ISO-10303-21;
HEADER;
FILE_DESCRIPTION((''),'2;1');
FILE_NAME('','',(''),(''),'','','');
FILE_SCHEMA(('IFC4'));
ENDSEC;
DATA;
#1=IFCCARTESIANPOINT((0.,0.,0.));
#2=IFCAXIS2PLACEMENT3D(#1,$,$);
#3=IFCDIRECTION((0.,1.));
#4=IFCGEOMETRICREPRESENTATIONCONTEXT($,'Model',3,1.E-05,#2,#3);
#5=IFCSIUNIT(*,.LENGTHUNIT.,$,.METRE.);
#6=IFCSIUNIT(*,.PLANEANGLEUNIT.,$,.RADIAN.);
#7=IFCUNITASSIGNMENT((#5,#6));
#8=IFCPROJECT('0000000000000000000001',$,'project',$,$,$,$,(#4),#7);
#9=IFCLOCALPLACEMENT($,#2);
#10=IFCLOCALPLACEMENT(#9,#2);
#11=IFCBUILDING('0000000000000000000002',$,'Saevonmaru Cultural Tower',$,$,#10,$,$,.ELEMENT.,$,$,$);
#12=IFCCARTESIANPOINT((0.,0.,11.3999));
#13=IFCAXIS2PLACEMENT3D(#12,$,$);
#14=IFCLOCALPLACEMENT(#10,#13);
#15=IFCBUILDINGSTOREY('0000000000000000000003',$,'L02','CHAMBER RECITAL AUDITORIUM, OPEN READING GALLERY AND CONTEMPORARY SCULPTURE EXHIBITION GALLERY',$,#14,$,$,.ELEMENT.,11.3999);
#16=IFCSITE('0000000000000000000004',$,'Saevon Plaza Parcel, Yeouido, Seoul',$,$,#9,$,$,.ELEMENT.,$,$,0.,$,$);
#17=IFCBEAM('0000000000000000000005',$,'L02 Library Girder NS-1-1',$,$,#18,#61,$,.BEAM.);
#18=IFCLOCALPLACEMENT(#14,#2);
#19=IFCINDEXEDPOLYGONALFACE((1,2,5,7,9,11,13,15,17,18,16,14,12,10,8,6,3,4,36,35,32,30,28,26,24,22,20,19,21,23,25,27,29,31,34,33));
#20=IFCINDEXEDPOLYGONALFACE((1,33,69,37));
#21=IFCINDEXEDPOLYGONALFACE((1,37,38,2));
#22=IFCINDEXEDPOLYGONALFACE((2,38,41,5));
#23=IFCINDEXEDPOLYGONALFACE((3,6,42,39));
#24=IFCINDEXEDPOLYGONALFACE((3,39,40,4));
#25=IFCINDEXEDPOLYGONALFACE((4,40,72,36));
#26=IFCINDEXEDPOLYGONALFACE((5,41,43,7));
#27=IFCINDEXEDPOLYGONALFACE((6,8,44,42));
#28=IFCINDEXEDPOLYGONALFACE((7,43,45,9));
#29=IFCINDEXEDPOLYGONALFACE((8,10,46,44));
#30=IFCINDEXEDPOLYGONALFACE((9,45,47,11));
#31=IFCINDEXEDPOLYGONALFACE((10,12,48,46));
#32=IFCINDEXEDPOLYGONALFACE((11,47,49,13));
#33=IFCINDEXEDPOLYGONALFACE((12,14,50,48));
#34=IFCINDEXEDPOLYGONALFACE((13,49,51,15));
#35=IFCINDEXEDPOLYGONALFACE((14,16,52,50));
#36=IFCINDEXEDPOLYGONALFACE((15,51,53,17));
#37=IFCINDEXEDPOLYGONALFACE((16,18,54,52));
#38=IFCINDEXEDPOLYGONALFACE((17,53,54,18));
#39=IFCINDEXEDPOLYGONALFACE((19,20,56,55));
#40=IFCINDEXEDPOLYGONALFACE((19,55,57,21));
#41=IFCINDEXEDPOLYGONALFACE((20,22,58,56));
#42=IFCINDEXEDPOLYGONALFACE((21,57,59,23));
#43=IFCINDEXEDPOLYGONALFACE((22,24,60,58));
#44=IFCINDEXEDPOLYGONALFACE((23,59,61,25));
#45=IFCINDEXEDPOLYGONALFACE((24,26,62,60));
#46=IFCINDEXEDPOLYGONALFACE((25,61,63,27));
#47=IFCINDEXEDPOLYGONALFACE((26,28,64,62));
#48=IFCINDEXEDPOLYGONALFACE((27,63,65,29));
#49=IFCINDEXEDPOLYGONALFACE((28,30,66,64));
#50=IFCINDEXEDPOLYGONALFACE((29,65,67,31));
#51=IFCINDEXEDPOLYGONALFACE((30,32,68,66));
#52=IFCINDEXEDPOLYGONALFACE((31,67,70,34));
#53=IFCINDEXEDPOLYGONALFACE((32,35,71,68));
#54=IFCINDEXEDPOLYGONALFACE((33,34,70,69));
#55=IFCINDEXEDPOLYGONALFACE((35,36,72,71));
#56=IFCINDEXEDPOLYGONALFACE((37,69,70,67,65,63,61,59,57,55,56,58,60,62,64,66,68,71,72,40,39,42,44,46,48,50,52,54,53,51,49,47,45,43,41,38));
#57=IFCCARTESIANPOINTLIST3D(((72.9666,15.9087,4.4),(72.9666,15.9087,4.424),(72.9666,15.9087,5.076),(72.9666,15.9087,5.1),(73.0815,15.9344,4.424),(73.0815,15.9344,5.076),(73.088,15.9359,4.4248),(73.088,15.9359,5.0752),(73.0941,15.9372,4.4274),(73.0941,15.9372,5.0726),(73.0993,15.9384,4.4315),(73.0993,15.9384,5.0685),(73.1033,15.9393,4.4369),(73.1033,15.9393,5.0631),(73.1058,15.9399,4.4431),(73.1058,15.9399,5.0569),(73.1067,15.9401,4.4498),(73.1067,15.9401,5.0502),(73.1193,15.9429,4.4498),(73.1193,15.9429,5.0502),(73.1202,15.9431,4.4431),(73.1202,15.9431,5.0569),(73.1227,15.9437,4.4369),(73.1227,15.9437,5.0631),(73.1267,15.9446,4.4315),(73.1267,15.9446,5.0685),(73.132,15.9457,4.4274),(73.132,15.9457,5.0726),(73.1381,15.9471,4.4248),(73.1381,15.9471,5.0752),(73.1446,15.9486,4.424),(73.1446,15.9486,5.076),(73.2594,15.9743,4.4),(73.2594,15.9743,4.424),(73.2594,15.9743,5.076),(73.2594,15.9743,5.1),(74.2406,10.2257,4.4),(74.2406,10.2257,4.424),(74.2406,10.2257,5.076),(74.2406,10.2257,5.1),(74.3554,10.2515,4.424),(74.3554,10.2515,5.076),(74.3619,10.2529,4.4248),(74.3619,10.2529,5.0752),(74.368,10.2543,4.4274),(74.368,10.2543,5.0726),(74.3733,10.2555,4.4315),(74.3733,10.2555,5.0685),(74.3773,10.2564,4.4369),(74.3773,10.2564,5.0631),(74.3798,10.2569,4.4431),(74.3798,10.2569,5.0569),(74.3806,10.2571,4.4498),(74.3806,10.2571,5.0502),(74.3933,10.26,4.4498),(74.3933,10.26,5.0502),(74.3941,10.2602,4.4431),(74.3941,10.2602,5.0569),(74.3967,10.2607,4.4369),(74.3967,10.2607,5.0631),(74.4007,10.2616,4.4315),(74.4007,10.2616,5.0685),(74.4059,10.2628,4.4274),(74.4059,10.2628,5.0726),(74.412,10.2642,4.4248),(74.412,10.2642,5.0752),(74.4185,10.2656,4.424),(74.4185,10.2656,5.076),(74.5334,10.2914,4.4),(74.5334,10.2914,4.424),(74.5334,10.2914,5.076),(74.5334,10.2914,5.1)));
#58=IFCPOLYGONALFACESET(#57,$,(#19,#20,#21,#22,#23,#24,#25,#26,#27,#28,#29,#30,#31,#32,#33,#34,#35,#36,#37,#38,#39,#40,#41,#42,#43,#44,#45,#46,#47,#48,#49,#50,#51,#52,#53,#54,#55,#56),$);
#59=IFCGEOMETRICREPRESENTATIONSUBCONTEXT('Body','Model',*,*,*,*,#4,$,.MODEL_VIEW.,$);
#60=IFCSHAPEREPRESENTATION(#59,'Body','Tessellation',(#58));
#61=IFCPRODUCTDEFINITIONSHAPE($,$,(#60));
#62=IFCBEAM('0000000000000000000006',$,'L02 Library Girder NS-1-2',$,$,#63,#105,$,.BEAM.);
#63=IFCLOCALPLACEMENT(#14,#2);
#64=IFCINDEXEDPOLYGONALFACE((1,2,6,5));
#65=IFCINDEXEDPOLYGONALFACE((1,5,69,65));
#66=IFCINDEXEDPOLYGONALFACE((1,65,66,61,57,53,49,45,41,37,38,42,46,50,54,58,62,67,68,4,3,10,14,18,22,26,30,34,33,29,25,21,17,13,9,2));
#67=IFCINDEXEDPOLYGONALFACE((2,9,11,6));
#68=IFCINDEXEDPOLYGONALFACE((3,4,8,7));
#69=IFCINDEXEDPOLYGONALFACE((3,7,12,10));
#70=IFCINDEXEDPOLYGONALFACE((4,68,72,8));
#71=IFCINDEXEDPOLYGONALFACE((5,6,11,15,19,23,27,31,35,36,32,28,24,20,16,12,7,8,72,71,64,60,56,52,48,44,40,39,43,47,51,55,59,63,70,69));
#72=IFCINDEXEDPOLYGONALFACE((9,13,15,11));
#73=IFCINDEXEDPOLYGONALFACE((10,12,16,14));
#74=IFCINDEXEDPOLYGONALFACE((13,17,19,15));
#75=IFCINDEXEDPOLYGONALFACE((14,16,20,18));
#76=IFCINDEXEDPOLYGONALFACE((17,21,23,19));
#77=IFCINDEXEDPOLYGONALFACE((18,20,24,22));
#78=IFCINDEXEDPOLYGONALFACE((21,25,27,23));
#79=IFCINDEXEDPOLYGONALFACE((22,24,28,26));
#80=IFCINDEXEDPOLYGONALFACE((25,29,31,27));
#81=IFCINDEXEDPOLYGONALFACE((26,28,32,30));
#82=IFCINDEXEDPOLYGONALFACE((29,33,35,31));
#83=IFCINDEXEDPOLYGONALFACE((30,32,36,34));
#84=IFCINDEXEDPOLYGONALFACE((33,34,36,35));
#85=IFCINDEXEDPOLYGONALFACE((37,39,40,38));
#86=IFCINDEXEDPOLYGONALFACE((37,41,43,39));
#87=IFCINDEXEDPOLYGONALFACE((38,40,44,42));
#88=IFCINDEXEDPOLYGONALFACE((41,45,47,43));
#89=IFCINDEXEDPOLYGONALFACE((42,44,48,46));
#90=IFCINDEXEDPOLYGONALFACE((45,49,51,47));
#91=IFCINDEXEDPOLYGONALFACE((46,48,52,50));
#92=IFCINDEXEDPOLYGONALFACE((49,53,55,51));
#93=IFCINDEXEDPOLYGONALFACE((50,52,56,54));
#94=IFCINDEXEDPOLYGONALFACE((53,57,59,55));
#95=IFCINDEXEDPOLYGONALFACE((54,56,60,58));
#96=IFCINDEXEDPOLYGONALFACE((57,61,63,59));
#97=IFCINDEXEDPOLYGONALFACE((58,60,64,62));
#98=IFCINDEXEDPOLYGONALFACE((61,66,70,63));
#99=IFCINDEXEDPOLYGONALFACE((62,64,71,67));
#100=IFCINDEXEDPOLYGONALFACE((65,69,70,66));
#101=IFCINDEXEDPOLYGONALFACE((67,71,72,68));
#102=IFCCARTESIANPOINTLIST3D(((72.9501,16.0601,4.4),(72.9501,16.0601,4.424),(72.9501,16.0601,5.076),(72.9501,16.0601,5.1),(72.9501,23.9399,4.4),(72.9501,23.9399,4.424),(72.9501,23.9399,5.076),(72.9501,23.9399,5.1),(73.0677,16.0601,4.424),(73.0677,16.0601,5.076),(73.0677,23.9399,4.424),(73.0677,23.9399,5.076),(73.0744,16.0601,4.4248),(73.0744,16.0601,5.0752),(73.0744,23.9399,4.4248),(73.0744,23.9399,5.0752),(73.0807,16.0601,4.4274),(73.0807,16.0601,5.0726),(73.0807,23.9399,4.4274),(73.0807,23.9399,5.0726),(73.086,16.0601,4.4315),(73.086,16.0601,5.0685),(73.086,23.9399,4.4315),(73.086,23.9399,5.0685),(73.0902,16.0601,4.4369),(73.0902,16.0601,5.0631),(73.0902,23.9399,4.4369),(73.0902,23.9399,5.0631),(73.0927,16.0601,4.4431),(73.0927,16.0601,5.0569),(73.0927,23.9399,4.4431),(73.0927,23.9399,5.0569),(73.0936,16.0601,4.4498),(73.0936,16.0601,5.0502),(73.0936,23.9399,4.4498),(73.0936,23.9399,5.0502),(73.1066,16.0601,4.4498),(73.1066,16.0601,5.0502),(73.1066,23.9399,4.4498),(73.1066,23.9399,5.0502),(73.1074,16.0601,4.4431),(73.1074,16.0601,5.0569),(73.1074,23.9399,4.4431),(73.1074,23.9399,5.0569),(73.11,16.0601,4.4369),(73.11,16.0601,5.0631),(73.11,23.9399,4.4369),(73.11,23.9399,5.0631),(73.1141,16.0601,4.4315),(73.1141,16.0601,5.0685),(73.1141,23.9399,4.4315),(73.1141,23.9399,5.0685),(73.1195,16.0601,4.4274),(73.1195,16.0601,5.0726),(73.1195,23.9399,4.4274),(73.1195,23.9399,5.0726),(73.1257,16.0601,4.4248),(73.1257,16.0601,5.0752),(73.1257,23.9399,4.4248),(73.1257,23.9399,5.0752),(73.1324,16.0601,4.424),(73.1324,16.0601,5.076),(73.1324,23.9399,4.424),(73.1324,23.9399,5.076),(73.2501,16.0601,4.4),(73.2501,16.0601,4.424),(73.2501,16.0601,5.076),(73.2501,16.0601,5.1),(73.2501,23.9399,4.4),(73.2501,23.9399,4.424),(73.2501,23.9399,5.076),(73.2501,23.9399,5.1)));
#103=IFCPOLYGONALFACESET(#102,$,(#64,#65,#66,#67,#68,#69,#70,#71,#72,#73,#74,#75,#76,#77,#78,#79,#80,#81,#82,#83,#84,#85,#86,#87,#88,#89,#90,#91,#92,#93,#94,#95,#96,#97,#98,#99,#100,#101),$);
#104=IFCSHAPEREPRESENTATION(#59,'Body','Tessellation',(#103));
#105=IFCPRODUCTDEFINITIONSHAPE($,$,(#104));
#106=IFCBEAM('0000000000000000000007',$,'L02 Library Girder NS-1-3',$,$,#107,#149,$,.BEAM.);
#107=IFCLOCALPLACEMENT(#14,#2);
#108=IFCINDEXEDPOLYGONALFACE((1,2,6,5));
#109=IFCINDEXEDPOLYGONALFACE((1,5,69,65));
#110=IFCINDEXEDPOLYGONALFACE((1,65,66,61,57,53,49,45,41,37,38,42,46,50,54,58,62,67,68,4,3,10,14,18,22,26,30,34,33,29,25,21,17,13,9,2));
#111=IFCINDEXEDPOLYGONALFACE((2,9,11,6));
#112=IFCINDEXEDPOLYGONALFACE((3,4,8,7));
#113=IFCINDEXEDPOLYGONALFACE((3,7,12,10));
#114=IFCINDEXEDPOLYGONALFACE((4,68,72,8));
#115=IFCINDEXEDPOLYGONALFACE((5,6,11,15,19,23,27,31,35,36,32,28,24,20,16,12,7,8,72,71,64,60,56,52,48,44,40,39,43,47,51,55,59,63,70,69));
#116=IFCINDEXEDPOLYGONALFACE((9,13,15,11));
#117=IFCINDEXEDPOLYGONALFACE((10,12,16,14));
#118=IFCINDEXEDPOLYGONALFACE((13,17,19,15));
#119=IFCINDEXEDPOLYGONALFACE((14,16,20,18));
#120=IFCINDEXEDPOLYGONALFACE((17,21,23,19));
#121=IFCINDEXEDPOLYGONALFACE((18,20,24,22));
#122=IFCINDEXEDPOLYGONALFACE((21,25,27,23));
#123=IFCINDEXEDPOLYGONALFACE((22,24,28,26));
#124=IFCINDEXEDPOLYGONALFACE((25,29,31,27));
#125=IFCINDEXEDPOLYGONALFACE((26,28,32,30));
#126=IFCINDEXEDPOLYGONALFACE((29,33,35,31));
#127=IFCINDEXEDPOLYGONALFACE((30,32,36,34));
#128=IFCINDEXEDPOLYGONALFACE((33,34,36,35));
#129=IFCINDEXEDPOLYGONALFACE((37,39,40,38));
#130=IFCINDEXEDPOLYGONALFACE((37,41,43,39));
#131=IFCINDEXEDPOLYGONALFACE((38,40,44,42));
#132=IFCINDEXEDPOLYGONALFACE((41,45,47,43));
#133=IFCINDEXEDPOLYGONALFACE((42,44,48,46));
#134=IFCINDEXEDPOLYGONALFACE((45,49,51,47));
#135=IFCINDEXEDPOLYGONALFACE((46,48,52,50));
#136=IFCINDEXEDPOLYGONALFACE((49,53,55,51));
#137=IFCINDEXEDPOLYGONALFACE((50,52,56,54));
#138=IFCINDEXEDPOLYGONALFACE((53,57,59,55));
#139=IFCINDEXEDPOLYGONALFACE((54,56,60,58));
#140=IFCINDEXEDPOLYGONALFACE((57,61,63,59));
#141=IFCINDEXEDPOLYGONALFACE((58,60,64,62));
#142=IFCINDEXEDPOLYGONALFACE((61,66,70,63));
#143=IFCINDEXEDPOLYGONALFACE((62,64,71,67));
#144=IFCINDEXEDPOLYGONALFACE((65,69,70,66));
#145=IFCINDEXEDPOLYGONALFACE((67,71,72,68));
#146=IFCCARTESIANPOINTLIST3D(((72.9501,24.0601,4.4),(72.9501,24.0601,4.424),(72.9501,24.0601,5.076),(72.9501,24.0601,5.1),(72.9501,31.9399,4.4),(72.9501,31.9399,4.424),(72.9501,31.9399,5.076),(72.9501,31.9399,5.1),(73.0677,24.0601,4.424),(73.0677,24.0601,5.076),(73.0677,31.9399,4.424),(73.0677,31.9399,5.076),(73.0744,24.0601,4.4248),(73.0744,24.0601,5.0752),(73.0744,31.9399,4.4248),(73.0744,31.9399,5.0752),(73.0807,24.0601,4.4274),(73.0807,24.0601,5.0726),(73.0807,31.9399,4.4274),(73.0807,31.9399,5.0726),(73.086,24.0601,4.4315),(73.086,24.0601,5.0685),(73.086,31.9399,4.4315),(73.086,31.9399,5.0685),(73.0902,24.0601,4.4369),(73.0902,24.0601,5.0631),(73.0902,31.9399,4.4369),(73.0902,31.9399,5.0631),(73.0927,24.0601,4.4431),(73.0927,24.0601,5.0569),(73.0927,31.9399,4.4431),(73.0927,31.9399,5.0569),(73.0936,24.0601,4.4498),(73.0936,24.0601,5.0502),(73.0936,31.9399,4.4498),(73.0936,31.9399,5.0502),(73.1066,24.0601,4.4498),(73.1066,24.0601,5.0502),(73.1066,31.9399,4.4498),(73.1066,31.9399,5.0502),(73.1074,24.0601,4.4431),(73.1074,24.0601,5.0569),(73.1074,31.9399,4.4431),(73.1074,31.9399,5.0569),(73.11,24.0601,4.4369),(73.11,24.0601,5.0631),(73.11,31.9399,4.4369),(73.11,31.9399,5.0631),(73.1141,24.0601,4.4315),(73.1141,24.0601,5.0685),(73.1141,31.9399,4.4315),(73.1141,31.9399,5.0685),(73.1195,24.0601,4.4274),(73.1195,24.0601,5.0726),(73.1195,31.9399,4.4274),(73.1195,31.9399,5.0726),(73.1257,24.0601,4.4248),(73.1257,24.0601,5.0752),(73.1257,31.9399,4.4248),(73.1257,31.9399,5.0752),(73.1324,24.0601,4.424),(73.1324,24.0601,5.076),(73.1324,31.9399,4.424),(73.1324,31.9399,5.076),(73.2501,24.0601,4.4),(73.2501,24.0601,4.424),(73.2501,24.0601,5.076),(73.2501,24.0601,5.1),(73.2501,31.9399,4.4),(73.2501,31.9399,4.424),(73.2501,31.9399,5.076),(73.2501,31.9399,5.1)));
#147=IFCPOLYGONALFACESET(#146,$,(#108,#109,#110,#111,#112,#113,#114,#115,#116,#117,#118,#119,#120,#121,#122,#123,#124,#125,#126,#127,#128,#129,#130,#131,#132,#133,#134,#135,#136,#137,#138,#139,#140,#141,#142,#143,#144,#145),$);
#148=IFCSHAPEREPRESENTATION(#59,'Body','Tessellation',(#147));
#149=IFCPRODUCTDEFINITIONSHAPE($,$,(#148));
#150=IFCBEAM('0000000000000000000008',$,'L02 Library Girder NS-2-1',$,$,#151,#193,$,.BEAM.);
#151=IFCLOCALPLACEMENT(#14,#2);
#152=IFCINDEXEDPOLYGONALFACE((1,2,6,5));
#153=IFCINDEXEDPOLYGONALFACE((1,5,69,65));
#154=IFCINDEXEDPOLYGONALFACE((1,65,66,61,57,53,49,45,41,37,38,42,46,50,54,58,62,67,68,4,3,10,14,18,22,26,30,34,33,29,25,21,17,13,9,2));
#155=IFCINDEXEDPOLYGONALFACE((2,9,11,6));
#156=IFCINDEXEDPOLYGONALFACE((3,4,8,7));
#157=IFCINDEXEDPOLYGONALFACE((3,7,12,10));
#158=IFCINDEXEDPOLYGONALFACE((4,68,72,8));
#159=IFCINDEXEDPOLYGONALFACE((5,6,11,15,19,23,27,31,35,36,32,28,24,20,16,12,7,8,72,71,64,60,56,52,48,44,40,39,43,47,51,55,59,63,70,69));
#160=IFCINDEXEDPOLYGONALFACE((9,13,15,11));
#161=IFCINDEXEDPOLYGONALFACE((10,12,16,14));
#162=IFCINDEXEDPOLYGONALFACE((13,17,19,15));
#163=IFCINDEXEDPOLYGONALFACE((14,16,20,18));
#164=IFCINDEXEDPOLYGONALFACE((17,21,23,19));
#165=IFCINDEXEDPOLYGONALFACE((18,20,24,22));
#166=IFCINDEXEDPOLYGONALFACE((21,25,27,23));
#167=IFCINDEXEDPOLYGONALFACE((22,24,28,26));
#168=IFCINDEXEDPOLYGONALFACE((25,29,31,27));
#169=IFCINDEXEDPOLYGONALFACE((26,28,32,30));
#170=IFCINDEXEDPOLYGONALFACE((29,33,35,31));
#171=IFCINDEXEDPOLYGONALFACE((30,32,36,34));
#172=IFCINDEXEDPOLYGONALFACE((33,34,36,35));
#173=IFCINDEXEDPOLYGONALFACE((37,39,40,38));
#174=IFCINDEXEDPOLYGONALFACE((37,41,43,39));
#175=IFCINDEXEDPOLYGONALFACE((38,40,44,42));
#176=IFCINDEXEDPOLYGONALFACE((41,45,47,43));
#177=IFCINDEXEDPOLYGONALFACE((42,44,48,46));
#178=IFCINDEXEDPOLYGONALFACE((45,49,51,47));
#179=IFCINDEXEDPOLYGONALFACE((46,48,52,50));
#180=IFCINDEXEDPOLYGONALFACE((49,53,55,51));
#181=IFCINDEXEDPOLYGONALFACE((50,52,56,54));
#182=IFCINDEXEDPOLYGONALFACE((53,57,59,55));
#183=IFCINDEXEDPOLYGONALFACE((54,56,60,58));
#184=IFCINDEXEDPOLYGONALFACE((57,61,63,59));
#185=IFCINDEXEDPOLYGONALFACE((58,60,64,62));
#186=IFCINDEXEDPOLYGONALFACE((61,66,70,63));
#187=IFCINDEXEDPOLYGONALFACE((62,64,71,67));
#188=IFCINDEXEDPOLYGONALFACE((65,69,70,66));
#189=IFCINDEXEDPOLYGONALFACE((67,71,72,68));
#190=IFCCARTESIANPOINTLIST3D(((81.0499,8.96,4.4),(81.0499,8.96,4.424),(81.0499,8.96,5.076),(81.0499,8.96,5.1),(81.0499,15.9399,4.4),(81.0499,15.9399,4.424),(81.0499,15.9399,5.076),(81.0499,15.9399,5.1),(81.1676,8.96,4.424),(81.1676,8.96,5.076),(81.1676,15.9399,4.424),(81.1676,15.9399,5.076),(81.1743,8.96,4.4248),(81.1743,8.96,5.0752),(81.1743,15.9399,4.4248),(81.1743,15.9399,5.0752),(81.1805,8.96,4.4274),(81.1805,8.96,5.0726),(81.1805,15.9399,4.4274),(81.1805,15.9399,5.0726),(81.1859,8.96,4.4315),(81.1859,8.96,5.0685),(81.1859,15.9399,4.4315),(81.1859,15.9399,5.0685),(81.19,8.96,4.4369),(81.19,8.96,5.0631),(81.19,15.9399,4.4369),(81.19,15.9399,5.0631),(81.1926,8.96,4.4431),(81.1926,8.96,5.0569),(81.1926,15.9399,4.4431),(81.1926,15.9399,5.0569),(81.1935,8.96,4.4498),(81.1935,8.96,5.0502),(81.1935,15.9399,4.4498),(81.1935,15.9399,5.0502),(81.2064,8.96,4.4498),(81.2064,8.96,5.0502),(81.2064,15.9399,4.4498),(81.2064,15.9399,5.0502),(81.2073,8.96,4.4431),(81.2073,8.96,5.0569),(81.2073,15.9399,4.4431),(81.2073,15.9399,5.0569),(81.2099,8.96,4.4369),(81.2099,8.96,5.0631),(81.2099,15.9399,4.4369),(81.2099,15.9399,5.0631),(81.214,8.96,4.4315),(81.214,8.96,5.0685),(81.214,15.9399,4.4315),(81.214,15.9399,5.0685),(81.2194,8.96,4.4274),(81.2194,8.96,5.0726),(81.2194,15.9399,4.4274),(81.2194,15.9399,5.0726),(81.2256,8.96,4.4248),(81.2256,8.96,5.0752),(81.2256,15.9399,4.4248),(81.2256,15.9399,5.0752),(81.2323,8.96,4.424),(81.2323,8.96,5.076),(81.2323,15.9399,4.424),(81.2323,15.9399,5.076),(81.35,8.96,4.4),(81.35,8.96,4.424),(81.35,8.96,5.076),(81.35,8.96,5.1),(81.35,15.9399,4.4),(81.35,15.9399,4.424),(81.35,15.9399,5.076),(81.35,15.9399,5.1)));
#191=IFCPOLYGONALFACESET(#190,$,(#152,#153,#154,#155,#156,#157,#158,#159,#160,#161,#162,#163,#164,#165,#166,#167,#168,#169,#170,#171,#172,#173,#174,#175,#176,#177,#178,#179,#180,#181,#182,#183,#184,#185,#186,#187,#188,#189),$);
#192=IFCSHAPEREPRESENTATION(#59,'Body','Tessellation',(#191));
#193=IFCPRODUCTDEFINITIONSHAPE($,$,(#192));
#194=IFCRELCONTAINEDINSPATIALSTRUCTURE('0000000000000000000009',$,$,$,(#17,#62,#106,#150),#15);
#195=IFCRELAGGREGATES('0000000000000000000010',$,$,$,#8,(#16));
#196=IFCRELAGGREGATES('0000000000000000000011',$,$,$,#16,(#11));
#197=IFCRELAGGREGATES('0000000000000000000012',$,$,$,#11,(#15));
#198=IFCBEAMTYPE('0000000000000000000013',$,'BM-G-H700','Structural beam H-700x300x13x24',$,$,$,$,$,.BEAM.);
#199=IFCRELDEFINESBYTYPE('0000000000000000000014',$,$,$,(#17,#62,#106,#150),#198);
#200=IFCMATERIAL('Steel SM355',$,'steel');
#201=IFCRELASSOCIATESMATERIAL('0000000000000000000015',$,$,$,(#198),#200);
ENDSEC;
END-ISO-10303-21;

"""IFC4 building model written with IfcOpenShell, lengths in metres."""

from ifc_helpers import new_model, si_unit, direction, frame, origin, origin_2d, place, context, subcontext, project, spatial, i_section, extrude, material, material_profile, profile_set, type_object, element, save


model = new_model("IFC4")

# Units and contexts
model_context = context("Model", 3, precision=1e-05, world=origin(), true_north=direction((0.0, 1.0)))
body_context = subcontext(model_context, "Body", "Model", "MODEL_VIEW")
ifc_project = project(units=[si_unit("LENGTHUNIT", "METRE"), si_unit("PLANEANGLEUNIT", "RADIAN")], contexts=[model_context])

# Site, building, storey
site_placement = place(None, origin())
site = spatial("IfcSite", under=ifc_project, at=site_placement, Name="Saevon Plaza Parcel, Yeouido, Seoul", CompositionType="ELEMENT", RefElevation=0.0)
building_placement = place(site_placement, origin())
building = spatial("IfcBuilding", under=site, at=building_placement, Name="Saevonmaru Cultural Tower", CompositionType="ELEMENT")
storey_placement = place(building_placement, frame((0.0, 0.0, 11.3999)))
storey = spatial("IfcBuildingStorey", under=building, at=storey_placement, Name="L02", Description="CHAMBER RECITAL AUDITORIUM, OPEN READING GALLERY AND CONTEMPORARY SCULPTURE EXHIBITION GALLERY", CompositionType="ELEMENT", Elevation=11.3999)

# Shared definitions
ifc_material_1 = material(Name="Steel SM355", Category="steel")

# Beams
ifc_material_profile_1 = material_profile(ifc_material_1, i_section(OverallWidth=0.3, OverallDepth=0.7, WebThickness=0.0129, FlangeThickness=0.0239, FilletRadius=0.0259, at=origin_2d()), Name="H-700x300x13x24")
ifc_profile_set_1 = profile_set([ifc_material_profile_1], Name="Steel SM355")
beam_type_1 = type_object("IfcBeamType", Name="BM-G-H700", Description="Structural beam H-700x300x13x24", PredefinedType="BEAM", material=ifc_profile_set_1)
beam_1_placement = place(storey_placement, frame((74.387, 10.2585, 4.75), z_axis=(-0.218741, 0.975783, 0.0), x_axis=(-0.975783, -0.218741, 0.0)))
element("IfcBeam", 1, at=beam_1_placement, inside=storey, type_object=beam_type_1, Name="L02 Library Girder NS-1-1", PredefinedType="BEAM", context=body_context, shape_type="SweptSolid", body=[
    extrude(i_section(OverallWidth=0.3, OverallDepth=0.7, WebThickness=0.0129, FlangeThickness=0.0239, FilletRadius=0.0259, at=origin_2d()), origin(), (0.0, 0.0, 1.0), 5.824),
])
for number, where, z_axis, x_axis, name in (
    (2, (73.1001, 16.0601, 4.75), (0.0, 1.0, 0.0), (-1.0, 0.0, 0.0), "L02 Library Girder NS-1-2"),
    (3, (73.1001, 24.0601, 4.75), (0.0, 1.0, 0.0), (-1.0, 0.0, 0.0), "L02 Library Girder NS-1-3"),
):
    element("IfcBeam", number, at=place(storey_placement, frame(where, z_axis=z_axis, x_axis=x_axis)), inside=storey, type_object=beam_type_1, Name=name, PredefinedType="BEAM", context=body_context, shape_type="SweptSolid", body=[
        extrude(i_section(OverallWidth=0.3, OverallDepth=0.7, WebThickness=0.0129, FlangeThickness=0.0239, FilletRadius=0.0259, at=origin_2d()), origin(), (0.0, 0.0, 1.0), 7.8799),
    ])
beam_2_placement = place(storey_placement, frame((81.2, 8.96, 4.75), z_axis=(0.0, 1.0, 0.0), x_axis=(-1.0, 0.0, 0.0)))
element("IfcBeam", 4, at=beam_2_placement, inside=storey, type_object=beam_type_1, Name="L02 Library Girder NS-2-1", PredefinedType="BEAM", context=body_context, shape_type="SweptSolid", body=[
    extrude(i_section(OverallWidth=0.3, OverallDepth=0.7, WebThickness=0.0129, FlangeThickness=0.0239, FilletRadius=0.0259, at=origin_2d()), origin(), (0.0, 0.0, 1.0), 6.98),
])

save(model, "model.ifc")
